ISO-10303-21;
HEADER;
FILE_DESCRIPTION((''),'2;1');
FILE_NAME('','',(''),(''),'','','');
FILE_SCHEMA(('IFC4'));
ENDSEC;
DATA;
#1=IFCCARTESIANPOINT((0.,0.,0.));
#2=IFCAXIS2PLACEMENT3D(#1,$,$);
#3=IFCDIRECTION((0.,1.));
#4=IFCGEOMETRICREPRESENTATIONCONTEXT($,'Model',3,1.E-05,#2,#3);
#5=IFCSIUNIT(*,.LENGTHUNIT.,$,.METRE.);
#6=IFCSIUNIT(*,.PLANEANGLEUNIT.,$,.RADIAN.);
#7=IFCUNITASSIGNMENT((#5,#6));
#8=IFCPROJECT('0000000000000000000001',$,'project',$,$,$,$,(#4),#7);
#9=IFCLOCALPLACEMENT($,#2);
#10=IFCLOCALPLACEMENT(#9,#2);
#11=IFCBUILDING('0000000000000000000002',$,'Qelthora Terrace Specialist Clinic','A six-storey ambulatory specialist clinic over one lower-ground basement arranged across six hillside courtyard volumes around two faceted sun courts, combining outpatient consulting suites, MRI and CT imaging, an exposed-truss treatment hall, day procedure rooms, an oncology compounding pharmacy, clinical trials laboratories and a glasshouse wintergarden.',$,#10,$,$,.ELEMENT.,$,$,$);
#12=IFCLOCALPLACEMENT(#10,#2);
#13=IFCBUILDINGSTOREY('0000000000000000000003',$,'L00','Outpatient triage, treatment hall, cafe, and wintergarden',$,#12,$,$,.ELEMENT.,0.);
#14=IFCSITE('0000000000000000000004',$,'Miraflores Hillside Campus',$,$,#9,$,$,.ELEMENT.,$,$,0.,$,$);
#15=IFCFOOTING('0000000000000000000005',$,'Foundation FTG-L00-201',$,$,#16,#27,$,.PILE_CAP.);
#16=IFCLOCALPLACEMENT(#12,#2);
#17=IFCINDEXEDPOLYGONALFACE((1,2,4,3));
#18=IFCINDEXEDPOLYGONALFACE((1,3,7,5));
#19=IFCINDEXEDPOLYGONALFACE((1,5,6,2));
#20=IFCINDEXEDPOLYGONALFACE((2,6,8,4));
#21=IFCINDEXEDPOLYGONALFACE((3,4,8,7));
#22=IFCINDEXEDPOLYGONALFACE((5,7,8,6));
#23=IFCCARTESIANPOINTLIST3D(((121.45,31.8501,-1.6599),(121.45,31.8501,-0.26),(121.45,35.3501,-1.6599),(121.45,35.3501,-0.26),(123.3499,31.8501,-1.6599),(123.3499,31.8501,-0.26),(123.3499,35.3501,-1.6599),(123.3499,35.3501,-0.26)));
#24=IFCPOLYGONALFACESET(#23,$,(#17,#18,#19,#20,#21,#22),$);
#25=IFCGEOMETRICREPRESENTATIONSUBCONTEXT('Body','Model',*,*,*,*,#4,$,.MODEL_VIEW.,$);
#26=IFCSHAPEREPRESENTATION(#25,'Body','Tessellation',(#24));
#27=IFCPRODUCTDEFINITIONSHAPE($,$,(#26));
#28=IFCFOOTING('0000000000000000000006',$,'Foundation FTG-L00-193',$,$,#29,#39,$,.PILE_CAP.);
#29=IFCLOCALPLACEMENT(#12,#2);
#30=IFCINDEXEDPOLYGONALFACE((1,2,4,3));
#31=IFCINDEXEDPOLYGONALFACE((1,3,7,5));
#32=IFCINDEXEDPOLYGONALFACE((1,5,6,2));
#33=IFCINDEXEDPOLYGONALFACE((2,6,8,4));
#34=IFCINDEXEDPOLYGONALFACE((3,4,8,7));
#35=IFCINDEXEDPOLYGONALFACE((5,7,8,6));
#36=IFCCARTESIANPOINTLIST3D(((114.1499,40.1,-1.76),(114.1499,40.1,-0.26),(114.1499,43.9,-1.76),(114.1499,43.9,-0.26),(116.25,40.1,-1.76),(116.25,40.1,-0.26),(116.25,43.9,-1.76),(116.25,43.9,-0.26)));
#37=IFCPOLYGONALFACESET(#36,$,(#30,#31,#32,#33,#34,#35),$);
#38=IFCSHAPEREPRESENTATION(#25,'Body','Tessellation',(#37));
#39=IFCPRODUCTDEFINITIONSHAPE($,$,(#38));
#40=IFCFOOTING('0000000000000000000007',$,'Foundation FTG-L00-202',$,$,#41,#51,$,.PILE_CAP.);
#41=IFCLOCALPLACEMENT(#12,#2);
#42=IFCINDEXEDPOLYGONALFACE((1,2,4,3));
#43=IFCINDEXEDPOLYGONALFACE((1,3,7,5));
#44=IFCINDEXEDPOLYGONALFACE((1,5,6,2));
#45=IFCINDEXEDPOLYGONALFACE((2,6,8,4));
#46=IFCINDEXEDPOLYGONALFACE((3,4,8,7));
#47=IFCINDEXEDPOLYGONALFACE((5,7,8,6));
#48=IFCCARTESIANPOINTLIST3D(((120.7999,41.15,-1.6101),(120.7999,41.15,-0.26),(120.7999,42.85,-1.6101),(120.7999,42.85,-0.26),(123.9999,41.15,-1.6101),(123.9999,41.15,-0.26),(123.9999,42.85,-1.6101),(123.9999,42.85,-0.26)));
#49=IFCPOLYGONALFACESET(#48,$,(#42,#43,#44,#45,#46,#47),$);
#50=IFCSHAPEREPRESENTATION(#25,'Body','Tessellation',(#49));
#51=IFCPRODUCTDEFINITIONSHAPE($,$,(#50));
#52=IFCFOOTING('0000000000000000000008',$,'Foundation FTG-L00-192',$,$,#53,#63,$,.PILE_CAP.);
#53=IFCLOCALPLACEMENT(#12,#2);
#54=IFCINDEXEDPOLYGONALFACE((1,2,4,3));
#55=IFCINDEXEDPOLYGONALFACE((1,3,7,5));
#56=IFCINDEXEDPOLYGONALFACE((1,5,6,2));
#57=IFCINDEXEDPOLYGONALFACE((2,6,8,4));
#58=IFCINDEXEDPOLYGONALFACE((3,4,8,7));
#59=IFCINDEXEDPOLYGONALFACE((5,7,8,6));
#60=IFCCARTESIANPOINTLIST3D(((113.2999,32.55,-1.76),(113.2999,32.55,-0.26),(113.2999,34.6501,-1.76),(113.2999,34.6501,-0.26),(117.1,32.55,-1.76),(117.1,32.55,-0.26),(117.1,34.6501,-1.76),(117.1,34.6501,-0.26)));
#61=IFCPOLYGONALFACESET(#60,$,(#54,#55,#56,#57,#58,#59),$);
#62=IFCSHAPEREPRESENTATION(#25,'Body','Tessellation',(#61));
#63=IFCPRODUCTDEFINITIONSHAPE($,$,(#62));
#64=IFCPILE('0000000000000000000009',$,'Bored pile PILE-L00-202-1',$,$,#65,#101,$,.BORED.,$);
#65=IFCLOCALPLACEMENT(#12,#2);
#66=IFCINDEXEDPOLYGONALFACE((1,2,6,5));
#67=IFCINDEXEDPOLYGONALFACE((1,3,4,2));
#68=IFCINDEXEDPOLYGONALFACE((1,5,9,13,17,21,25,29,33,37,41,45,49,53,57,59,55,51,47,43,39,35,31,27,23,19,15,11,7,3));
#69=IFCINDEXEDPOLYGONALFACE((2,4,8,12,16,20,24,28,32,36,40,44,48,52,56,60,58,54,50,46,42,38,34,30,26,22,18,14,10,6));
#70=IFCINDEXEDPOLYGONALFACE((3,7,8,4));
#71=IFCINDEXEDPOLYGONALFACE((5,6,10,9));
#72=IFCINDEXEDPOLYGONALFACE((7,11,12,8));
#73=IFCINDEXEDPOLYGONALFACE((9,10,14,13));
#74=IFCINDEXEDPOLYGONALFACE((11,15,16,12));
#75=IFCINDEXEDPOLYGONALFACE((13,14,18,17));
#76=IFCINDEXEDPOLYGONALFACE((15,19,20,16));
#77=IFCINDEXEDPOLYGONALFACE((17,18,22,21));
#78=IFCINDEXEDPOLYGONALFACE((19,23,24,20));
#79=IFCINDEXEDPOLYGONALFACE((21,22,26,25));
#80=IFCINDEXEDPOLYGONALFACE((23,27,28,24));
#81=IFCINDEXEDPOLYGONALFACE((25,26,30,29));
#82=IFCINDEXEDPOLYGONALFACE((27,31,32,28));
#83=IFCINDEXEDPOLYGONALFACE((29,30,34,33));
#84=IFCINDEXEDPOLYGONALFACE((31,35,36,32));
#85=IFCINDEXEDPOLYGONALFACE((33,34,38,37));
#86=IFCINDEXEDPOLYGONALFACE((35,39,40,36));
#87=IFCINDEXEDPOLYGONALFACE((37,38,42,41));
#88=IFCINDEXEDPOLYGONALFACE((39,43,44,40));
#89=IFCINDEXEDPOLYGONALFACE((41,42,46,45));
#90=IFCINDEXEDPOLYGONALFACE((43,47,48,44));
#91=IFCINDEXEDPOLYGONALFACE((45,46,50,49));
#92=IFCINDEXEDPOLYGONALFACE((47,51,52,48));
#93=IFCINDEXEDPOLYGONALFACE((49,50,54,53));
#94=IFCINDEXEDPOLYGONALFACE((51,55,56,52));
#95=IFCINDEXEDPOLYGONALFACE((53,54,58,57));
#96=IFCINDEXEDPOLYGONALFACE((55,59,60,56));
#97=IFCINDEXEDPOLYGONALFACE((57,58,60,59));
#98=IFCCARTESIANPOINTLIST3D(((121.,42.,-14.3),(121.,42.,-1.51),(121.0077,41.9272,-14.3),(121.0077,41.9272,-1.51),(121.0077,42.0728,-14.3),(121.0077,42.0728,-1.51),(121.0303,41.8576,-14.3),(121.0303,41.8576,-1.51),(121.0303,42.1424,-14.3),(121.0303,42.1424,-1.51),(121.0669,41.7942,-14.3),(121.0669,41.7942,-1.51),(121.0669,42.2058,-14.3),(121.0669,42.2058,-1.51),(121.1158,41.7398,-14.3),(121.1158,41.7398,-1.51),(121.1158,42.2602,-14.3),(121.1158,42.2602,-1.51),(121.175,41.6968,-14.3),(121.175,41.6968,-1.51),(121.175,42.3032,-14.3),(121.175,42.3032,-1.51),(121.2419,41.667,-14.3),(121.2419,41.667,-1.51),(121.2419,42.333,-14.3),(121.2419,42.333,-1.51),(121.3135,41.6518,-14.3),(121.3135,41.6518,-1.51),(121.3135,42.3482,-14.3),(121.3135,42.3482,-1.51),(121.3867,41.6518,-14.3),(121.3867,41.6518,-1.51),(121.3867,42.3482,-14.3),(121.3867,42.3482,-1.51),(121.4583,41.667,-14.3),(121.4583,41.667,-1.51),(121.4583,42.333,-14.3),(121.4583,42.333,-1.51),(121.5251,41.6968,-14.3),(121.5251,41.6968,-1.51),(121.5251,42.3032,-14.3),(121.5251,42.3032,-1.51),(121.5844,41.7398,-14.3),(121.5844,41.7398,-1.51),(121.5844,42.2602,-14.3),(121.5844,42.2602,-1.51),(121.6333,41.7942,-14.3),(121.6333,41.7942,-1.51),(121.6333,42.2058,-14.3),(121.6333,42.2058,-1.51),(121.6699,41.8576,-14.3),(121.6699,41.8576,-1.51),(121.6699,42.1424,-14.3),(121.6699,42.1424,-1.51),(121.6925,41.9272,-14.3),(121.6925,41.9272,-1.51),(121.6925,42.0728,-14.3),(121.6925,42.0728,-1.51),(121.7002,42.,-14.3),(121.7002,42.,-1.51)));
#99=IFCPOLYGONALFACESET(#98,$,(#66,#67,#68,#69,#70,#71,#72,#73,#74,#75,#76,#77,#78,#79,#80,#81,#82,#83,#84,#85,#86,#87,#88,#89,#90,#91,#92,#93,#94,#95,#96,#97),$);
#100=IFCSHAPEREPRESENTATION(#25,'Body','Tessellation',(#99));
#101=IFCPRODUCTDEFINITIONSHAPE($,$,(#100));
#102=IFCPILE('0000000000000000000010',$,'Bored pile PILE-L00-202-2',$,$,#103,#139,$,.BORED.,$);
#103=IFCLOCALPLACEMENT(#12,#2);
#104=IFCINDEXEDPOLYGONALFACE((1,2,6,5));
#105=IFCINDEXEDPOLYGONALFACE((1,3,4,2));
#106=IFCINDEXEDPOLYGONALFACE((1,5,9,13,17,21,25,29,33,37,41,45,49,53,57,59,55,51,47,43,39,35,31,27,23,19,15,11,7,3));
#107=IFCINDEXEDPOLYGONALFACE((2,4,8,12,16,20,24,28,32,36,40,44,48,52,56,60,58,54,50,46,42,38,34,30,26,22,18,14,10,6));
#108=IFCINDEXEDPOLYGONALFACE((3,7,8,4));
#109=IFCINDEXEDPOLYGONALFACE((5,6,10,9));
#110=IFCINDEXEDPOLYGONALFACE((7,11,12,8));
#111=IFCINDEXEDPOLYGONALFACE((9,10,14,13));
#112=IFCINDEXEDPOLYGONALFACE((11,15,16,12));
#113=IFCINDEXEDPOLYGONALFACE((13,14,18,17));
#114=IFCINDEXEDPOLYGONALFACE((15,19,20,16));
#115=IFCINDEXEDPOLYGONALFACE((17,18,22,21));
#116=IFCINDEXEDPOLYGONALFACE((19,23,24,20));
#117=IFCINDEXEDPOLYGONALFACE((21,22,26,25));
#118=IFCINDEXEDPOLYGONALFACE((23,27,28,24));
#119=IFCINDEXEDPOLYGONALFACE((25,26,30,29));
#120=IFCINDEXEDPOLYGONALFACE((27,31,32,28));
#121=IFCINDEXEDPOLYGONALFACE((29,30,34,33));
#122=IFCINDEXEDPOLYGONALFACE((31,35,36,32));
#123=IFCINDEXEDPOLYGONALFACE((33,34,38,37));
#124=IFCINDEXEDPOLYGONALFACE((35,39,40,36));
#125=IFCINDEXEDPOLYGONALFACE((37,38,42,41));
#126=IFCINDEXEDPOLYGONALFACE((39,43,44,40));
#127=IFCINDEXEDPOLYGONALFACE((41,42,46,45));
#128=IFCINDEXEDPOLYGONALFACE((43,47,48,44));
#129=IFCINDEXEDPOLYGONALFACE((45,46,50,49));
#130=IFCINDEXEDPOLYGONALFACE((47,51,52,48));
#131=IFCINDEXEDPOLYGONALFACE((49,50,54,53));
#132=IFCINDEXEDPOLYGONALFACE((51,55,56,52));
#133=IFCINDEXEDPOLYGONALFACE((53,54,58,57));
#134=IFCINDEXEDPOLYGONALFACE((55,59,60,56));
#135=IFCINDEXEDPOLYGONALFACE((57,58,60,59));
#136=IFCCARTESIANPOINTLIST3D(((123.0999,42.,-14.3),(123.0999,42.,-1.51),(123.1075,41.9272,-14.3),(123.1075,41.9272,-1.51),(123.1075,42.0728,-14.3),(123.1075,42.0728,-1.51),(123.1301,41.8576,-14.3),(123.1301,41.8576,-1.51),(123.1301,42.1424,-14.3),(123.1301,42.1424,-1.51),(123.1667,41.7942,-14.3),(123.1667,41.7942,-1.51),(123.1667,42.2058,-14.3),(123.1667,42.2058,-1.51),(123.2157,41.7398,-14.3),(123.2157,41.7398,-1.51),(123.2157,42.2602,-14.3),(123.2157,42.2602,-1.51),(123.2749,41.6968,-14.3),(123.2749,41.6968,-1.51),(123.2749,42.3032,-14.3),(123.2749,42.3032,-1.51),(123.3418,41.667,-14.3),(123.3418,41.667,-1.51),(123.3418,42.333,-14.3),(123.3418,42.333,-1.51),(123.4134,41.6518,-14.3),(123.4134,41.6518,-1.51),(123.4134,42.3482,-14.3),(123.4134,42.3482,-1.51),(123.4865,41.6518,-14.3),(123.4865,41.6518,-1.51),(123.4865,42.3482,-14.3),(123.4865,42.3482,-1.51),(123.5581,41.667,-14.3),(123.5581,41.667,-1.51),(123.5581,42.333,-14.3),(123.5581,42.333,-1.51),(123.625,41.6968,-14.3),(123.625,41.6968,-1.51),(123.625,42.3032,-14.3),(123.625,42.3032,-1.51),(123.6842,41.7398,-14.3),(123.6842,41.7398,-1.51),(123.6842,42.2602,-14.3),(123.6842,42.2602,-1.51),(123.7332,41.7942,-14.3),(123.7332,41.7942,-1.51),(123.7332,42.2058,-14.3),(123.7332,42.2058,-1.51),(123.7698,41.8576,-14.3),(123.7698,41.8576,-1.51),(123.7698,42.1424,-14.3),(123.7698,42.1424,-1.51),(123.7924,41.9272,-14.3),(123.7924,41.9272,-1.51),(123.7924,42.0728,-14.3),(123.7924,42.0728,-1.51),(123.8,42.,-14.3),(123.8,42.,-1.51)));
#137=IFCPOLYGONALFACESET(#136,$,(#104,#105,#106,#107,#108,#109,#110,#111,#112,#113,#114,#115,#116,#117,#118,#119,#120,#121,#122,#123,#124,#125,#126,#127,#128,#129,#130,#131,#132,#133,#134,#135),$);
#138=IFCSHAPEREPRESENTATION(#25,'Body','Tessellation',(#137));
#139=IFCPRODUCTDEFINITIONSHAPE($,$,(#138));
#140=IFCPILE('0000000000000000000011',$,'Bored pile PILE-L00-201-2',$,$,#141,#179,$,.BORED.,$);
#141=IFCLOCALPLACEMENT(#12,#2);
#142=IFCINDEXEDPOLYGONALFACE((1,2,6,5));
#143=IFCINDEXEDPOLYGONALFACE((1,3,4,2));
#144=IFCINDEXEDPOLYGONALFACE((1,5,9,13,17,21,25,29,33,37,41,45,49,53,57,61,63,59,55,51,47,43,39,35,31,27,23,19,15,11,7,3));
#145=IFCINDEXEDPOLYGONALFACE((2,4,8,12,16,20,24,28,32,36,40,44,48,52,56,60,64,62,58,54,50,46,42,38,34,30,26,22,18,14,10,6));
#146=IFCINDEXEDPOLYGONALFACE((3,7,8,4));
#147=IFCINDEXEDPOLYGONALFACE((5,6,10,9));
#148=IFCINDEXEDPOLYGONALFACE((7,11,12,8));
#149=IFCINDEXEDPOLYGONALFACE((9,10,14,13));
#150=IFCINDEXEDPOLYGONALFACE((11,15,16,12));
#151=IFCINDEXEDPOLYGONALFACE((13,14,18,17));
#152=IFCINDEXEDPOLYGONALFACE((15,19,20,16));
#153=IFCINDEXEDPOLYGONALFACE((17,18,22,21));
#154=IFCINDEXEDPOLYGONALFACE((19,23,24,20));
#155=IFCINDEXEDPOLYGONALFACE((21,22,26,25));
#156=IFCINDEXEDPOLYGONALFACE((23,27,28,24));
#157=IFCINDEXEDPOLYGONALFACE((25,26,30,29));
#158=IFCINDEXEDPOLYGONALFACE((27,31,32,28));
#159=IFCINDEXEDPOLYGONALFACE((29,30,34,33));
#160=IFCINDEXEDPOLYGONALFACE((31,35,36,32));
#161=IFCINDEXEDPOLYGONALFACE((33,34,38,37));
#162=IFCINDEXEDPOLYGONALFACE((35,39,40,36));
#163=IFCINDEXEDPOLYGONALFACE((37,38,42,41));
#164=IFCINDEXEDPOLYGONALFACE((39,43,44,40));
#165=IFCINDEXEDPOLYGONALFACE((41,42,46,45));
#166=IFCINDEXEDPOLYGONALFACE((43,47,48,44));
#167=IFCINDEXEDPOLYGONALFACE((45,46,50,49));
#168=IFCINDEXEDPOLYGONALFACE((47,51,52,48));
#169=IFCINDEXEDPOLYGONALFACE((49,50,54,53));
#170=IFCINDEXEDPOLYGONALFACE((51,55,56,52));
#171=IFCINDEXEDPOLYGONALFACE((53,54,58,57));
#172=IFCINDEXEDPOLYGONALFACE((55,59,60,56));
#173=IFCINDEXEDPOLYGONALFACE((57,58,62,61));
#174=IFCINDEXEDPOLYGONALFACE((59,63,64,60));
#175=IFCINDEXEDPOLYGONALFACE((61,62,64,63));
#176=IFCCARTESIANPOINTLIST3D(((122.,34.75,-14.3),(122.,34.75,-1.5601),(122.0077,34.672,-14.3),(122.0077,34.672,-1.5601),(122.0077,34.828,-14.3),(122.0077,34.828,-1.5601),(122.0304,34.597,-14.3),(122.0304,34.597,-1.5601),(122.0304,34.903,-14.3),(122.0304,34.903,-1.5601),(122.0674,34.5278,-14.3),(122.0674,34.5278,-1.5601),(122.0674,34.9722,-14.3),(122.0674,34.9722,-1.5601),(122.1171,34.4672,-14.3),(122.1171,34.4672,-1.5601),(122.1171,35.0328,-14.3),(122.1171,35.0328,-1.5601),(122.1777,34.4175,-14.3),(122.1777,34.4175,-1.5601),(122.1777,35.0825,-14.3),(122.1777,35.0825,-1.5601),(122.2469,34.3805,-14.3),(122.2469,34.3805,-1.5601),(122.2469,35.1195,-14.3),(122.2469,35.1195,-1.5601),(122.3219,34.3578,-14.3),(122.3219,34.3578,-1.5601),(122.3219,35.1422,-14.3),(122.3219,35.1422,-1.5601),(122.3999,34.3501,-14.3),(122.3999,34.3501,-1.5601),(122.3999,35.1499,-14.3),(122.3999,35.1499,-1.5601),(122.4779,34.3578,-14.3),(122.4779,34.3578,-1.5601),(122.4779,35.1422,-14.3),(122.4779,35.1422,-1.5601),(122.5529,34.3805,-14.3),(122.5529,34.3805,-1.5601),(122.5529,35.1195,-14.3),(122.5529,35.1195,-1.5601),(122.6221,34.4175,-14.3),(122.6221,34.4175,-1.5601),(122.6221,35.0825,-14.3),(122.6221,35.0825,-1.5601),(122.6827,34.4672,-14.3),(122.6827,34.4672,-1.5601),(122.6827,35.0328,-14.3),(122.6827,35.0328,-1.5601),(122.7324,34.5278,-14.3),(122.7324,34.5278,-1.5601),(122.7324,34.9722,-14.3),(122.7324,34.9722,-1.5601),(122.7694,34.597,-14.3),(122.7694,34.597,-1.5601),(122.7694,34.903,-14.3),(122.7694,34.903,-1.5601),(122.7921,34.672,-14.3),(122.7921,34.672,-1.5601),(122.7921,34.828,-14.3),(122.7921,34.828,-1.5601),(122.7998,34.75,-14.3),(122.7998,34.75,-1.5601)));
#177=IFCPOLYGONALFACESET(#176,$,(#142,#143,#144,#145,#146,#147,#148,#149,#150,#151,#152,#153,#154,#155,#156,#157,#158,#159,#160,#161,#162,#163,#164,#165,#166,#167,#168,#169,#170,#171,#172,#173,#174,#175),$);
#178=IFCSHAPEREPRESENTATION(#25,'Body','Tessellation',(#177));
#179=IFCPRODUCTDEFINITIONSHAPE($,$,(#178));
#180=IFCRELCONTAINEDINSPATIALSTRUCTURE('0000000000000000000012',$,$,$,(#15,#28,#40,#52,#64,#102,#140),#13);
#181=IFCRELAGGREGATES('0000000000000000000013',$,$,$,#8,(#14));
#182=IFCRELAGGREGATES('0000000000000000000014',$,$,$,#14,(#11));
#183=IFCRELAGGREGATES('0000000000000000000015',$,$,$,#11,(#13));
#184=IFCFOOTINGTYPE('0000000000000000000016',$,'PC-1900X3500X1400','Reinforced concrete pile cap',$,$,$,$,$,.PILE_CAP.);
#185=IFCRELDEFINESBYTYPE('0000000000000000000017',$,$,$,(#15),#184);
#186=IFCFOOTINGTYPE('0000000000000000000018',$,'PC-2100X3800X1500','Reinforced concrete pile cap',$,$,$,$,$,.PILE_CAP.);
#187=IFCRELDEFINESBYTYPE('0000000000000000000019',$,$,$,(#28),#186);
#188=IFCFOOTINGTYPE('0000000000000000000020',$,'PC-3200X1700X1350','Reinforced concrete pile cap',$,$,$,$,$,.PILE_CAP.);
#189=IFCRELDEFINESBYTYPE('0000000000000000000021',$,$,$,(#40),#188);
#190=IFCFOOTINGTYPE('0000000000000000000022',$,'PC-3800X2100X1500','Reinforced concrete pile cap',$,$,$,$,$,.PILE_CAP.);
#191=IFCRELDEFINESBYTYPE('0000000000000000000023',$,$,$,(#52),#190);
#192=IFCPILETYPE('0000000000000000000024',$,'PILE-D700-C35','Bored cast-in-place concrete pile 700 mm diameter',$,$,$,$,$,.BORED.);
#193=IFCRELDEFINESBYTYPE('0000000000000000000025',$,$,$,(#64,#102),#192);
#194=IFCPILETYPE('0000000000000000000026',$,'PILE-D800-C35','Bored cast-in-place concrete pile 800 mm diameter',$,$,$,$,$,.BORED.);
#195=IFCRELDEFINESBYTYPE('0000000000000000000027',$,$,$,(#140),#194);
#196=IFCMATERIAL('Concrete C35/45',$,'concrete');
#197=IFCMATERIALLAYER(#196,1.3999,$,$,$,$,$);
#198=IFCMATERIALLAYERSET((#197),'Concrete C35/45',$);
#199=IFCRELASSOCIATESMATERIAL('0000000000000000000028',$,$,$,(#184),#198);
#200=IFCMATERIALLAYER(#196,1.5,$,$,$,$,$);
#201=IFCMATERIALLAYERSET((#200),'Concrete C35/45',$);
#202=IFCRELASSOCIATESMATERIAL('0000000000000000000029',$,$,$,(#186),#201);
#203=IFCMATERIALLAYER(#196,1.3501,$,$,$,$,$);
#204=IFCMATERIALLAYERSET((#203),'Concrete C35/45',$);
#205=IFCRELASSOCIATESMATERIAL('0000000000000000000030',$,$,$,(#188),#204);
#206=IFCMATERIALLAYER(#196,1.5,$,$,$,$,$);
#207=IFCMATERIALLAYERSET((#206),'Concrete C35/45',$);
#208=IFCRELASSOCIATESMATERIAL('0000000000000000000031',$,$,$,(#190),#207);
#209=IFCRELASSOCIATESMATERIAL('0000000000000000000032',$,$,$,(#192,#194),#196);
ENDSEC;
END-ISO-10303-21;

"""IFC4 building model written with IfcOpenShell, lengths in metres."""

from ifc_helpers import new_model, si_unit, direction, frame, origin, origin_2d, place, context, subcontext, project, spatial, rectangle, circle, extrude, material, layer, layer_set, material_profile, profile_set, type_object, element, save


model = new_model("IFC4")

# Units and contexts
model_context = context("Model", 3, precision=1e-05, world=origin(), true_north=direction((0.0, 1.0)))
body_context = subcontext(model_context, "Body", "Model", "MODEL_VIEW")
ifc_project = project(units=[si_unit("LENGTHUNIT", "METRE"), si_unit("PLANEANGLEUNIT", "RADIAN")], contexts=[model_context])

# Site, building, storey
site_placement = place(None, origin())
site = spatial("IfcSite", under=ifc_project, at=site_placement, Name="Miraflores Hillside Campus", CompositionType="ELEMENT", RefElevation=0.0)
building_placement = place(site_placement, origin())
building = spatial("IfcBuilding", under=site, at=building_placement, Name="Qelthora Terrace Specialist Clinic", Description="A six-storey ambulatory specialist clinic over one lower-ground basement arranged across six hillside courtyard volumes around two faceted sun courts, combining outpatient consulting suites, MRI and CT imaging, an exposed-truss treatment hall, day procedure rooms, an oncology compounding pharmacy, clinical trials laboratories and a glasshouse wintergarden.", CompositionType="ELEMENT")
storey_placement = place(building_placement, origin())
storey = spatial("IfcBuildingStorey", under=building, at=storey_placement, Name="L00", Description="Outpatient triage, treatment hall, cafe, and wintergarden", CompositionType="ELEMENT", Elevation=0.0)

# Footings
ifc_material_1 = material(Name="Concrete C35/45", Category="concrete")
ifc_layer_1 = layer(ifc_material_1, 1.3999)
ifc_layer_set_1 = layer_set([ifc_layer_1], Name="Concrete C35/45")
footing_type_1 = type_object("IfcFootingType", Name="PC-1900X3500X1400", Description="Reinforced concrete pile cap", PredefinedType="PILE_CAP", material=ifc_layer_set_1)
footing_1_placement = place(storey_placement, frame((122.3999, 33.6001, -1.6599), z_axis=(0.0, 0.0, 1.0), x_axis=(1.0, 0.0, 0.0)))
element("IfcFooting", 1, at=footing_1_placement, inside=storey, type_object=footing_type_1, Name="Foundation FTG-L00-201", PredefinedType="PILE_CAP", context=body_context, shape_type="SweptSolid", body=[
    extrude(rectangle(XDim=1.8999, YDim=3.5, at=origin_2d()), origin(), (0.0, 0.0, 1.0), 1.3999),
])
ifc_layer_2 = layer(ifc_material_1, 1.5)
ifc_layer_set_2 = layer_set([ifc_layer_2], Name="Concrete C35/45")
footing_type_2 = type_object("IfcFootingType", Name="PC-2100X3800X1500", Description="Reinforced concrete pile cap", PredefinedType="PILE_CAP", material=ifc_layer_set_2)
footing_2_placement = place(storey_placement, frame((115.2, 42.0, -1.76), z_axis=(0.0, 0.0, 1.0), x_axis=(1.0, 0.0, 0.0)))
element("IfcFooting", 2, at=footing_2_placement, inside=storey, type_object=footing_type_2, Name="Foundation FTG-L00-193", PredefinedType="PILE_CAP", context=body_context, shape_type="SweptSolid", body=[
    extrude(rectangle(XDim=2.1001, YDim=3.8, at=origin_2d()), origin(), (0.0, 0.0, 1.0), 1.5),
])
ifc_layer_3 = layer(ifc_material_1, 1.3501)
ifc_layer_set_3 = layer_set([ifc_layer_3], Name="Concrete C35/45")
footing_type_3 = type_object("IfcFootingType", Name="PC-3200X1700X1350", Description="Reinforced concrete pile cap", PredefinedType="PILE_CAP", material=ifc_layer_set_3)
footing_3_placement = place(storey_placement, frame((122.3999, 42.0, -1.6101), z_axis=(0.0, 0.0, 1.0), x_axis=(1.0, 0.0, 0.0)))
element("IfcFooting", 3, at=footing_3_placement, inside=storey, type_object=footing_type_3, Name="Foundation FTG-L00-202", PredefinedType="PILE_CAP", context=body_context, shape_type="SweptSolid", body=[
    extrude(rectangle(XDim=3.2, YDim=1.7, at=origin_2d()), origin(), (0.0, 0.0, 1.0), 1.3501),
])
ifc_layer_4 = layer(ifc_material_1, 1.5)
ifc_layer_set_4 = layer_set([ifc_layer_4], Name="Concrete C35/45")
footing_type_4 = type_object("IfcFootingType", Name="PC-3800X2100X1500", Description="Reinforced concrete pile cap", PredefinedType="PILE_CAP", material=ifc_layer_set_4)
footing_4_placement = place(storey_placement, frame((115.2, 33.6001, -1.76), z_axis=(0.0, 0.0, 1.0), x_axis=(1.0, 0.0, 0.0)))
element("IfcFooting", 4, at=footing_4_placement, inside=storey, type_object=footing_type_4, Name="Foundation FTG-L00-192", PredefinedType="PILE_CAP", context=body_context, shape_type="SweptSolid", body=[
    extrude(rectangle(XDim=3.8, YDim=2.1001, at=origin_2d()), origin(), (0.0, 0.0, 1.0), 1.5),
])

# Piles
ifc_material_profile_1 = material_profile(ifc_material_1, circle(Radius=0.3501, at=origin_2d()), Name="PILE700")
ifc_profile_set_1 = profile_set([ifc_material_profile_1], Name="Concrete C35/45")
pile_type_1 = type_object("IfcPileType", Name="PILE-D700-C35", Description="Bored cast-in-place concrete pile 700 mm diameter", PredefinedType="BORED", material=ifc_profile_set_1)
for number, where, z_axis, x_axis, name in (
    (5, (121.3501, 42.0, -1.51), (0.0, 0.0, -1.0), (1.0, 0.0, 0.0), "Bored pile PILE-L00-202-1"),
    (6, (123.45, 42.0, -1.51), (0.0, 0.0, -1.0), (1.0, 0.0, 0.0), "Bored pile PILE-L00-202-2"),
):
    element("IfcPile", number, at=place(storey_placement, frame(where, z_axis=z_axis, x_axis=x_axis)), inside=storey, type_object=pile_type_1, Name=name, PredefinedType="BORED", context=body_context, shape_type="SweptSolid", body=[
        extrude(circle(Radius=0.3501, at=origin_2d()), origin(), (0.0, 0.0, 1.0), 12.79),
    ])
ifc_material_profile_2 = material_profile(ifc_material_1, circle(Radius=0.3999, at=origin_2d()), Name="PILE800")
ifc_profile_set_2 = profile_set([ifc_material_profile_2], Name="Concrete C35/45")
pile_type_2 = type_object("IfcPileType", Name="PILE-D800-C35", Description="Bored cast-in-place concrete pile 800 mm diameter", PredefinedType="BORED", material=ifc_profile_set_2)
pile_placement = place(storey_placement, frame((122.3999, 34.75, -1.5601), z_axis=(0.0, 0.0, -1.0), x_axis=(1.0, 0.0, 0.0)))
element("IfcPile", 7, at=pile_placement, inside=storey, type_object=pile_type_2, Name="Bored pile PILE-L00-201-2", PredefinedType="BORED", context=body_context, shape_type="SweptSolid", body=[
    extrude(circle(Radius=0.3999, at=origin_2d()), origin(), (0.0, 0.0, 1.0), 12.74),
])

save(model, "model.ifc")
